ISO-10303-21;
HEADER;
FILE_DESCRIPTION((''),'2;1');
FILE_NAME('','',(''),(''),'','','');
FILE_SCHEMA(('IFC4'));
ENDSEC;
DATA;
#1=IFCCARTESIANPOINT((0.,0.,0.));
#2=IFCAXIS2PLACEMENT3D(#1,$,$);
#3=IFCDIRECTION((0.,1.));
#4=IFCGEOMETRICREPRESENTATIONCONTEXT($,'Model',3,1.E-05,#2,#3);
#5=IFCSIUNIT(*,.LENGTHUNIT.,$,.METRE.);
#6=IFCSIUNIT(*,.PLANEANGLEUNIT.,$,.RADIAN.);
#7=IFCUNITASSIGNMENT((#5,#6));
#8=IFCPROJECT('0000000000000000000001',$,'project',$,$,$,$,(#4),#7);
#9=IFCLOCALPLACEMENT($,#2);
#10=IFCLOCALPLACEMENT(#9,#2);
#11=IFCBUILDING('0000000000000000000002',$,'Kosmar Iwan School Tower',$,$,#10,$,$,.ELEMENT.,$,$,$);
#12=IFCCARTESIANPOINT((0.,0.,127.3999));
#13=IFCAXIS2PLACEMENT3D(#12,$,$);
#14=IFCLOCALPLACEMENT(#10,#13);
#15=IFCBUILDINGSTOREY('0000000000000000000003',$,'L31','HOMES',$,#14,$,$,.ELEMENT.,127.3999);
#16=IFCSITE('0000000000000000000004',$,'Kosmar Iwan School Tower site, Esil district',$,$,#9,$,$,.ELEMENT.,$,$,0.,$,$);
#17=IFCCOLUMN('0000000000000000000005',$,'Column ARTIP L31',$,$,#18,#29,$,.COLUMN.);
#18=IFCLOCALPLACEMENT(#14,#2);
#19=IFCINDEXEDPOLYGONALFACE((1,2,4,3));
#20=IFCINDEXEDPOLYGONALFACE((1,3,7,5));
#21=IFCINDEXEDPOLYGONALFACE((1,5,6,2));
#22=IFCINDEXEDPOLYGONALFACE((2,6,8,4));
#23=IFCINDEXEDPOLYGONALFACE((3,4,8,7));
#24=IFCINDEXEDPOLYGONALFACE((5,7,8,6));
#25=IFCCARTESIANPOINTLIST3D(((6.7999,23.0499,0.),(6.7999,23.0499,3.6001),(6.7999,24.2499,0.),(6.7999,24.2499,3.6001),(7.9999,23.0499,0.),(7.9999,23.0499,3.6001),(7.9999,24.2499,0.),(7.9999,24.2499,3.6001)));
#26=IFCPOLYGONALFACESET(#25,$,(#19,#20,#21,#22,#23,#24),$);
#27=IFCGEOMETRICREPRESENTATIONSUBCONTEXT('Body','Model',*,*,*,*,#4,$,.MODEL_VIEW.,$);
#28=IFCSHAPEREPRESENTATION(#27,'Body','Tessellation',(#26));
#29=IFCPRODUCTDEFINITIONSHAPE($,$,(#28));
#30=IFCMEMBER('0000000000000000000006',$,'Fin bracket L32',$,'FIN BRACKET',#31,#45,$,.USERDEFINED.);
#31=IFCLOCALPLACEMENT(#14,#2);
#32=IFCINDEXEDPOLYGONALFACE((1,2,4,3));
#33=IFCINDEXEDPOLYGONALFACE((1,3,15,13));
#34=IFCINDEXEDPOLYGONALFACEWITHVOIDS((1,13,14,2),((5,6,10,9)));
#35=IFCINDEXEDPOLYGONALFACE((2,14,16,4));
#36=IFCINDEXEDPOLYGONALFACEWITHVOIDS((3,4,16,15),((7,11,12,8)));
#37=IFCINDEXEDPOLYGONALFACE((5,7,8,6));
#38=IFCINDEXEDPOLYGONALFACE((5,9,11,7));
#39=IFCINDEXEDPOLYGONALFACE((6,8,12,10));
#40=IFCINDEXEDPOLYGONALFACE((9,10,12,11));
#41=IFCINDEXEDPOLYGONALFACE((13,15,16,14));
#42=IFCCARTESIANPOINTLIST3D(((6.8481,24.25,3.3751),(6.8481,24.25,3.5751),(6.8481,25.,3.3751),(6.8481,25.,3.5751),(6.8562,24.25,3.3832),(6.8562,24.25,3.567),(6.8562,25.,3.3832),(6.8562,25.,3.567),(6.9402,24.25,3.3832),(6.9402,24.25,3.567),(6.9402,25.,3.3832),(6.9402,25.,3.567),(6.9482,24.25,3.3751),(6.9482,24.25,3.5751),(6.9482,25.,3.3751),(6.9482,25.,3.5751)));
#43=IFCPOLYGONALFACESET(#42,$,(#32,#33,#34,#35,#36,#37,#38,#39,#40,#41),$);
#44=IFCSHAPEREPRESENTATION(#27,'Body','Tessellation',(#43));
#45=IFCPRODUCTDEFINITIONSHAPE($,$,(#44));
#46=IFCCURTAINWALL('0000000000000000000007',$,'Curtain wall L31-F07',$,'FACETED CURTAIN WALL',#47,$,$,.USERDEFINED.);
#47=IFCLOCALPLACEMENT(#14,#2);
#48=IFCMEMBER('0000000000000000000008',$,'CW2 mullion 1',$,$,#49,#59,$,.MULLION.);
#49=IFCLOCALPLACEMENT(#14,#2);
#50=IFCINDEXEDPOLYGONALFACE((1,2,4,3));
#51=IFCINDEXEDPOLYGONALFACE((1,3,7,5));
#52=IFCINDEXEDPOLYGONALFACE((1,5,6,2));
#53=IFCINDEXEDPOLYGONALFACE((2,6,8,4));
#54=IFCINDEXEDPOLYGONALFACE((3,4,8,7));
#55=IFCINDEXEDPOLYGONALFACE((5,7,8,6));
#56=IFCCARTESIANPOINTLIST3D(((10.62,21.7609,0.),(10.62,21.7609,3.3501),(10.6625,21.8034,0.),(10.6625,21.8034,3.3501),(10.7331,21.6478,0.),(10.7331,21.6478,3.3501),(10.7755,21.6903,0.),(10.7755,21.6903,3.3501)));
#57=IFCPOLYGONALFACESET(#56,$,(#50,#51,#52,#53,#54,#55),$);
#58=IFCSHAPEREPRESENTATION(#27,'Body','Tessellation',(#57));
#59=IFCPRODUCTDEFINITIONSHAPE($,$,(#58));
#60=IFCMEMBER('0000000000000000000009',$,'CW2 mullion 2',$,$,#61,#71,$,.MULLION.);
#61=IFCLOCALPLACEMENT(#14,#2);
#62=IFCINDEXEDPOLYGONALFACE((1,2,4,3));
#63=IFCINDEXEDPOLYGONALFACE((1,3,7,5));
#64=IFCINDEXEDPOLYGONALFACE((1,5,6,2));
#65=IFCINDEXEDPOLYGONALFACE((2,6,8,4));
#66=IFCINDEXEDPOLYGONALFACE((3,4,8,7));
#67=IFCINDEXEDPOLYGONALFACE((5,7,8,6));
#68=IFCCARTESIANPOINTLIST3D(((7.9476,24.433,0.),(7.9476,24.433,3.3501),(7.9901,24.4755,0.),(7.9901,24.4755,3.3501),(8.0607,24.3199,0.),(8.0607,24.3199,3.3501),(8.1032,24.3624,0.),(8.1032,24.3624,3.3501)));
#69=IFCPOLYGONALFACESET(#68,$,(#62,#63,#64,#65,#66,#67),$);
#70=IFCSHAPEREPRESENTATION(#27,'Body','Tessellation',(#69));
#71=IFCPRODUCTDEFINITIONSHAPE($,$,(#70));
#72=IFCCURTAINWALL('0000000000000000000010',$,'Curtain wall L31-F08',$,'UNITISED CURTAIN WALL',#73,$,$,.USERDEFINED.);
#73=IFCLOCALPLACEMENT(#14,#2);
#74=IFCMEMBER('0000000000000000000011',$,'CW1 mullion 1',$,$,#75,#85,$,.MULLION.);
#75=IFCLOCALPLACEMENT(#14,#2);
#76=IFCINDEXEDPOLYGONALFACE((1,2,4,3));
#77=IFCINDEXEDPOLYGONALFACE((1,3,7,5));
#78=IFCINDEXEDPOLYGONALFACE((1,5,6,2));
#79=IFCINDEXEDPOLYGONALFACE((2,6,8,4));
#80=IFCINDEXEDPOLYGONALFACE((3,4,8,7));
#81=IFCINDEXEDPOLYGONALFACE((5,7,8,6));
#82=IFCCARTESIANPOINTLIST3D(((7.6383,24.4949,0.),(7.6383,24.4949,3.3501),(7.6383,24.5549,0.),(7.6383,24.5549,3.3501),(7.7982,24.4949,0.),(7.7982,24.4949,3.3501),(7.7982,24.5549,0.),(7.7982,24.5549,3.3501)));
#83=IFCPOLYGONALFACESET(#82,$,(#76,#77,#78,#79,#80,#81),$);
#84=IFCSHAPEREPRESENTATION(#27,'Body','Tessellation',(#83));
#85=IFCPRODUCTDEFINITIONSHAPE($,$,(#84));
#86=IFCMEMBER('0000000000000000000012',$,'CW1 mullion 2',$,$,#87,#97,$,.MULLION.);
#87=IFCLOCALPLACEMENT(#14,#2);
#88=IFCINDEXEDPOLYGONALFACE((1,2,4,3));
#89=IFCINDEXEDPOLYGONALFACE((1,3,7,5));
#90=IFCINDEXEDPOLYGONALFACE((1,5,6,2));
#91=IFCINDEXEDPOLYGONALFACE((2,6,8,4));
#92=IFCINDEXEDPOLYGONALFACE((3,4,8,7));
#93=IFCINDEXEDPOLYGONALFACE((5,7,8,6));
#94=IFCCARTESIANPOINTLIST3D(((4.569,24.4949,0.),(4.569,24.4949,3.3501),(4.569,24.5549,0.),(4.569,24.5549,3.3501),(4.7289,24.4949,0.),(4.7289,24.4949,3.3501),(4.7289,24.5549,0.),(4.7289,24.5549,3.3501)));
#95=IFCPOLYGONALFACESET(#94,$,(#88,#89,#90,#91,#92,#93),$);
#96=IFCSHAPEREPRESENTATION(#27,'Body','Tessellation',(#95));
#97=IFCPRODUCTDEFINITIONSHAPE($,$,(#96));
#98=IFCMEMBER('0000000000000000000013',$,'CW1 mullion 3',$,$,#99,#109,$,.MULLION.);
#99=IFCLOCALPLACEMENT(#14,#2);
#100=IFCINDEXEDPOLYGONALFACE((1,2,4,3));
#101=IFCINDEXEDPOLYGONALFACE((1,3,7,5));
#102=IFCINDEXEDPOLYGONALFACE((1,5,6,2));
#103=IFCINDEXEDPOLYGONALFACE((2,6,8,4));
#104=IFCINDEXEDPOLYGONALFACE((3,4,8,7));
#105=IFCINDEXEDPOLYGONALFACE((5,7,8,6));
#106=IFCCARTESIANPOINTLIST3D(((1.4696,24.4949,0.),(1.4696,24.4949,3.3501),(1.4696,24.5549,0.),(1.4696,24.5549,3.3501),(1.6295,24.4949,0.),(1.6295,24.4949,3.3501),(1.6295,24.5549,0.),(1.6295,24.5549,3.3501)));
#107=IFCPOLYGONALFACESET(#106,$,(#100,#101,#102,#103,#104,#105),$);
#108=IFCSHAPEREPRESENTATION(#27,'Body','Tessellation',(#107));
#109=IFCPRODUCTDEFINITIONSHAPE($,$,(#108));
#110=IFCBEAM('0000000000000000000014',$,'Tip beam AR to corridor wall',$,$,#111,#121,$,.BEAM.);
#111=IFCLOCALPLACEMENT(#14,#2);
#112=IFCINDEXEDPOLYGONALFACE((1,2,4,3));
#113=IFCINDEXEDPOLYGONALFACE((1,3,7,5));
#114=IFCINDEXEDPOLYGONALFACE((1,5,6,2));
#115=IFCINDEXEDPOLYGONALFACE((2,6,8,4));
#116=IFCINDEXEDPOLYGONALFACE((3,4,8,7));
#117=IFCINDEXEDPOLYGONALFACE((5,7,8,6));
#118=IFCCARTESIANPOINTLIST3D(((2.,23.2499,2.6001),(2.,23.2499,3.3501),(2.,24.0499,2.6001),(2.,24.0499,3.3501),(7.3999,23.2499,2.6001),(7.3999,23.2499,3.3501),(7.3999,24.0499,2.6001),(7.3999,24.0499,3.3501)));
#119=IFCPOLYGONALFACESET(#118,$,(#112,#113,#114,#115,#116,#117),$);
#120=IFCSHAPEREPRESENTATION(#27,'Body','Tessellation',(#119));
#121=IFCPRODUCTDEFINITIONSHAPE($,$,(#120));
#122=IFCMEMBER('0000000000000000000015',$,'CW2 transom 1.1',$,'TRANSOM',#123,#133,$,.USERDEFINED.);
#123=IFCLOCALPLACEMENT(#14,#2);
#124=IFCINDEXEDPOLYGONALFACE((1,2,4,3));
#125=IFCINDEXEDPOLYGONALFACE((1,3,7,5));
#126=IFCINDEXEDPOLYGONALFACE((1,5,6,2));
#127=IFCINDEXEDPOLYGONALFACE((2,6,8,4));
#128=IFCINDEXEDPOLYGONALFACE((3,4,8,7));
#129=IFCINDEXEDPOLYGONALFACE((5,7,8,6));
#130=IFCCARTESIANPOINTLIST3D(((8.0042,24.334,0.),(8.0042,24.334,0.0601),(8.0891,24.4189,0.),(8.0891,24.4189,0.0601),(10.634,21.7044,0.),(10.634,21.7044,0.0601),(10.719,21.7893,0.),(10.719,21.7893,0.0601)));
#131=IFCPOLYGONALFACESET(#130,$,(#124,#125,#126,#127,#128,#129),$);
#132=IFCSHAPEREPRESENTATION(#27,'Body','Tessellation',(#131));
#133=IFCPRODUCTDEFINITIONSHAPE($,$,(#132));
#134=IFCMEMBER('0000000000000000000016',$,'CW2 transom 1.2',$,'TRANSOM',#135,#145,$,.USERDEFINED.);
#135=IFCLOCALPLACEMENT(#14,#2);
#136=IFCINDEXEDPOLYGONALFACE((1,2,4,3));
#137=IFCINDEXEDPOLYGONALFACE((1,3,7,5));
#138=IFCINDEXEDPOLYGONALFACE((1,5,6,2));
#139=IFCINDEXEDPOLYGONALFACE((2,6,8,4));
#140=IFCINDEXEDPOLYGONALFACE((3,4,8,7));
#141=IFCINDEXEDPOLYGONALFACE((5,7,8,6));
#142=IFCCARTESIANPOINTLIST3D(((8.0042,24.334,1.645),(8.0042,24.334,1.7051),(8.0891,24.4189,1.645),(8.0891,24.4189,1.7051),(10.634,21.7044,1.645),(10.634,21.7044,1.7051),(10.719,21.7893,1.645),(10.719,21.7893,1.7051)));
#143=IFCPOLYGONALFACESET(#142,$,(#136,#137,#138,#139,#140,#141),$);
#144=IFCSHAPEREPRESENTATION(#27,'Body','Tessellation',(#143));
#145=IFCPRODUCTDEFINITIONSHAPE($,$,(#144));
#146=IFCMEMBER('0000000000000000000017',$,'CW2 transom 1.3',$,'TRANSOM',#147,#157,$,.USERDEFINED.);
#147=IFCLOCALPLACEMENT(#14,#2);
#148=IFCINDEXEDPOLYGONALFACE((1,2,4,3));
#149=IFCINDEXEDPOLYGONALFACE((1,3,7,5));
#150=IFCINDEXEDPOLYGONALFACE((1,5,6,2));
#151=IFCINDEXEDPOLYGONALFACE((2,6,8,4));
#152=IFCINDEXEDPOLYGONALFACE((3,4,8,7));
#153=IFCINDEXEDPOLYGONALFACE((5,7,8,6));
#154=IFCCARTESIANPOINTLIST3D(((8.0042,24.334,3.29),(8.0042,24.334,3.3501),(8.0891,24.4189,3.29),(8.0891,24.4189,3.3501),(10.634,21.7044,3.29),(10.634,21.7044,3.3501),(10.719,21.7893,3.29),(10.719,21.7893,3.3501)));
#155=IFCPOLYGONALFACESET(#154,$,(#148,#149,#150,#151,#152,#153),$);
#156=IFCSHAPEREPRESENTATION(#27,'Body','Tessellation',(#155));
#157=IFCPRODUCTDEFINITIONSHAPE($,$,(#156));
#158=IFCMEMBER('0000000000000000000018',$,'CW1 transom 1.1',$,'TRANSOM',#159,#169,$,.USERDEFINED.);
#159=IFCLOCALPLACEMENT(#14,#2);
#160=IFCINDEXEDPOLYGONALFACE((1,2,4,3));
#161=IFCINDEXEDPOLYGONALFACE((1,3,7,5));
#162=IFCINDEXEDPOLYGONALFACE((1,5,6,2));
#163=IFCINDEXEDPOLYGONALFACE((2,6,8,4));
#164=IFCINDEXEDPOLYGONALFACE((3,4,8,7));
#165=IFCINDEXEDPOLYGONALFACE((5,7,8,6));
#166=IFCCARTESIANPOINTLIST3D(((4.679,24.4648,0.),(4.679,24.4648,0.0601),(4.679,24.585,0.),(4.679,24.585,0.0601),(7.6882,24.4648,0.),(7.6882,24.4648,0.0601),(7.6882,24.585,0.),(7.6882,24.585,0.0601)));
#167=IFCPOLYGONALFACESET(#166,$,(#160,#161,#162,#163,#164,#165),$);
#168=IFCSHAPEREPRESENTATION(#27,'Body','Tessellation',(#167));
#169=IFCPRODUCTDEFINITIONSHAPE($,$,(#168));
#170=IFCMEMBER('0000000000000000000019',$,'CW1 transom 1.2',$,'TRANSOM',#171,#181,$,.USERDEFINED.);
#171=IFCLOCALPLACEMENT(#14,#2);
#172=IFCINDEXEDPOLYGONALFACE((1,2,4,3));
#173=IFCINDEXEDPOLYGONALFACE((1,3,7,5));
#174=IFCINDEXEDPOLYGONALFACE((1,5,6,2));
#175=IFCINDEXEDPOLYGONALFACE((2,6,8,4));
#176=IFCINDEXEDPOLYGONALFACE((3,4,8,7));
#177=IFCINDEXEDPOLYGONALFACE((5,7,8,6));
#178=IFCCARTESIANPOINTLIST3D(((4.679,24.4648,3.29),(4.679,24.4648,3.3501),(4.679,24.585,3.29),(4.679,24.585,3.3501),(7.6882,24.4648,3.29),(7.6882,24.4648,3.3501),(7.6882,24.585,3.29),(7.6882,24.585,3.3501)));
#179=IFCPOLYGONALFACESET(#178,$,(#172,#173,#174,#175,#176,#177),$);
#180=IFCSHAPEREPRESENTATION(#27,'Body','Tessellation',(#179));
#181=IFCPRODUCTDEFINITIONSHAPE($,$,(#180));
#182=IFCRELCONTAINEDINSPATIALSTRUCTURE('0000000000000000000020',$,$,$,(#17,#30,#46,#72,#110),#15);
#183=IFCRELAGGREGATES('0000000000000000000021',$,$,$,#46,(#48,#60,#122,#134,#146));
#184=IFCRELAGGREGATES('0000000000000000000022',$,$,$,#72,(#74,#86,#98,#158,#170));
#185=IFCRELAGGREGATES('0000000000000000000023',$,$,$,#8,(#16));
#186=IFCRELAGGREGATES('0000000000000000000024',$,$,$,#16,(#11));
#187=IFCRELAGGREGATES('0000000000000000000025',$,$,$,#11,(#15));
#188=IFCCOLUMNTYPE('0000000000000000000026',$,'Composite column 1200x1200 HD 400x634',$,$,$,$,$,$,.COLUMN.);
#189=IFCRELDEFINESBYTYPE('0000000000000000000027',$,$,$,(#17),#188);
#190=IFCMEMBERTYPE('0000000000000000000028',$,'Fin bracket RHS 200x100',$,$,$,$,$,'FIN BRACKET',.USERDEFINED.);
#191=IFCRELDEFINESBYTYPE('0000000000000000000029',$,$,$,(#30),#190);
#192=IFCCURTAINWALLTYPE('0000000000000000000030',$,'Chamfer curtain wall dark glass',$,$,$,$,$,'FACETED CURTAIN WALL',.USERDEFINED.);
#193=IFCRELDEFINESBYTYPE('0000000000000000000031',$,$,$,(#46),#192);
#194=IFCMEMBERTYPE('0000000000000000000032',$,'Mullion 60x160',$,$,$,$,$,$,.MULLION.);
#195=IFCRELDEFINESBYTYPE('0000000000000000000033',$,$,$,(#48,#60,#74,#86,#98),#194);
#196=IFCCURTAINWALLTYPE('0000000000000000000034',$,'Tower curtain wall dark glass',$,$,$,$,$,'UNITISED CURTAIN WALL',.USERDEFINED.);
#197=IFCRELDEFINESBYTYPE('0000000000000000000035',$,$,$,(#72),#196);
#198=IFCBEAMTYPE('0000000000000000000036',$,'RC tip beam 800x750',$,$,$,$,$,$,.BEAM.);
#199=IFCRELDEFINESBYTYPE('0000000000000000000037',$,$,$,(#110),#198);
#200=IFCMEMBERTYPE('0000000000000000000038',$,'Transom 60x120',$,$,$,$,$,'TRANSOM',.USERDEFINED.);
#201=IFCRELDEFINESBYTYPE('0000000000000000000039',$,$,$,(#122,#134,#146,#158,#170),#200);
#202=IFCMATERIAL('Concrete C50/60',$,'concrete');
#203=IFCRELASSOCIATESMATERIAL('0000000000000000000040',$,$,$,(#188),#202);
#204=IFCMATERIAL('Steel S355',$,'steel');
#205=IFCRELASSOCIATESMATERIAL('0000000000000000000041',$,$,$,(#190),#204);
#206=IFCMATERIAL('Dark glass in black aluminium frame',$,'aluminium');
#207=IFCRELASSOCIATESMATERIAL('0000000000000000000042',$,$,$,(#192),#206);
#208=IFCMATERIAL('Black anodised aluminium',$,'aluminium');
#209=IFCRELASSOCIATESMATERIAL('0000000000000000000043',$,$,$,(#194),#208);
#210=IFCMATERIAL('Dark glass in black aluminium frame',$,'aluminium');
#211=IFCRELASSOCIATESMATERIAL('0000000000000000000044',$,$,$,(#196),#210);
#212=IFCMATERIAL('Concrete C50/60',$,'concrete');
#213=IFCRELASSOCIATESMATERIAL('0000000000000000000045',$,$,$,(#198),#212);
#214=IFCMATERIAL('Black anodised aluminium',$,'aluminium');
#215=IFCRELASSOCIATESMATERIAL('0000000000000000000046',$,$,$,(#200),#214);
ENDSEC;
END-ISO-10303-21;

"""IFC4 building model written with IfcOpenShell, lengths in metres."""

from ifc_helpers import new_model, si_unit, direction, frame, origin, origin_2d, place, context, subcontext, project, spatial, rectangle, hollow_rectangle, extrude, material, material_profile, profile_set, type_object, element, aggregate, save


model = new_model("IFC4")

# Units and contexts
model_context = context("Model", 3, precision=1e-05, world=origin(), true_north=direction((0.0, 1.0)))
body_context = subcontext(model_context, "Body", "Model", "MODEL_VIEW")
ifc_project = project(units=[si_unit("LENGTHUNIT", "METRE"), si_unit("PLANEANGLEUNIT", "RADIAN")], contexts=[model_context])

# Site, building, storey
site_placement = place(None, origin())
site = spatial("IfcSite", under=ifc_project, at=site_placement, Name="Kosmar Iwan School Tower site, Esil district", CompositionType="ELEMENT", RefElevation=0.0)
building_placement = place(site_placement, origin())
building = spatial("IfcBuilding", under=site, at=building_placement, Name="Kosmar Iwan School Tower", CompositionType="ELEMENT")
storey_placement = place(building_placement, frame((0.0, 0.0, 127.3999)))
storey = spatial("IfcBuildingStorey", under=building, at=storey_placement, Name="L31", Description="HOMES", CompositionType="ELEMENT", Elevation=127.3999)

# Column
ifc_material_1 = material(Name="Concrete C50/60", Category="concrete")
ifc_material_profile_1 = material_profile(ifc_material_1, rectangle(XDim=1.2, YDim=1.2, at=origin_2d()), Name="RC 1200x1200 + HD 400x634")
ifc_profile_set_1 = profile_set([ifc_material_profile_1], Name="Concrete C50/60")
column_type = type_object("IfcColumnType", Name="Composite column 1200x1200 HD 400x634", PredefinedType="COLUMN", material=ifc_profile_set_1)
column_placement = place(storey_placement, frame((7.3999, 23.6499, 0.0), z_axis=(0.0, 0.0, 1.0), x_axis=(0.0, 1.0, 0.0)))
element("IfcColumn", 1, at=column_placement, inside=storey, type_object=column_type, Name="Column ARTIP L31", PredefinedType="COLUMN", context=body_context, shape_type="SweptSolid", body=[
    extrude(rectangle(XDim=1.2, YDim=1.2, at=origin_2d()), origin(), (0.0, 0.0, 1.0), 3.6001),
])

# Member
ifc_material_2 = material(Name="Steel S355", Category="steel")
ifc_material_profile_2 = material_profile(ifc_material_2, hollow_rectangle(XDim=0.1001, YDim=0.2, WallThickness=0.0081, at=origin_2d()), Name="RHS 200x100x8")
ifc_profile_set_2 = profile_set([ifc_material_profile_2], Name="Steel S355")
member_type_1 = type_object("IfcMemberType", Name="Fin bracket RHS 200x100", ElementType="FIN BRACKET", PredefinedType="USERDEFINED", material=ifc_profile_set_2)
member_1_placement = place(storey_placement, frame((6.8982, 24.25, 3.4751), z_axis=(0.0, 1.0, 0.0), x_axis=(-1.0, 0.0, 0.0)))
element("IfcMember", 2, at=member_1_placement, inside=storey, type_object=member_type_1, Name="Fin bracket L32", ObjectType="FIN BRACKET", PredefinedType="USERDEFINED", context=body_context, shape_type="SweptSolid", body=[
    extrude(hollow_rectangle(XDim=0.1001, YDim=0.2, WallThickness=0.0081, at=origin_2d()), origin(), (0.0, 0.0, 1.0), 0.75),
])

# Curtain walls, members
ifc_material_3 = material(Name="Dark glass in black aluminium frame", Category="aluminium")
curtain_wall_type_1 = type_object("IfcCurtainWallType", Name="Chamfer curtain wall dark glass", ElementType="FACETED CURTAIN WALL", PredefinedType="USERDEFINED", material=ifc_material_3)
curtain_wall_1_placement = place(storey_placement, origin())
curtain_wall_1 = element("IfcCurtainWall", 3, at=curtain_wall_1_placement, inside=storey, type_object=curtain_wall_type_1, Name="Curtain wall L31-F07", ObjectType="FACETED CURTAIN WALL", PredefinedType="USERDEFINED")
ifc_material_4 = material(Name="Black anodised aluminium", Category="aluminium")
ifc_material_profile_3 = material_profile(ifc_material_4, rectangle(XDim=0.0601, YDim=0.1599, at=origin_2d()), Name="MULLION 60x160")
ifc_profile_set_3 = profile_set([ifc_material_profile_3], Name="Black anodised aluminium")
member_type_2 = type_object("IfcMemberType", Name="Mullion 60x160", PredefinedType="MULLION", material=ifc_profile_set_3)
member_2_placement = place(storey_placement, frame((10.6978, 21.7256, 0.0), z_axis=(0.0, 0.0, 1.0), x_axis=(-0.707107, -0.707107, 0.0)))
member_2 = element("IfcMember", 4, at=member_2_placement, type_object=member_type_2, Name="CW2 mullion 1", PredefinedType="MULLION", context=body_context, shape_type="SweptSolid", body=[
    extrude(rectangle(XDim=0.0601, YDim=0.1599, at=origin_2d()), origin(), (0.0, 0.0, 1.0), 3.3501),
])
member_3_placement = place(storey_placement, frame((8.0254, 24.3977, 0.0), z_axis=(0.0, 0.0, 1.0), x_axis=(-0.707107, -0.707107, 0.0)))
member_3 = element("IfcMember", 5, at=member_3_placement, type_object=member_type_2, Name="CW2 mullion 2", PredefinedType="MULLION", context=body_context, shape_type="SweptSolid", body=[
    extrude(rectangle(XDim=0.0601, YDim=0.1599, at=origin_2d()), origin(), (0.0, 0.0, 1.0), 3.3501),
])
ifc_material_5 = material(Name="Dark glass in black aluminium frame", Category="aluminium")
curtain_wall_type_2 = type_object("IfcCurtainWallType", Name="Tower curtain wall dark glass", ElementType="UNITISED CURTAIN WALL", PredefinedType="USERDEFINED", material=ifc_material_5)
curtain_wall_2_placement = place(storey_placement, origin())
curtain_wall_2 = element("IfcCurtainWall", 6, at=curtain_wall_2_placement, inside=storey, type_object=curtain_wall_type_2, Name="Curtain wall L31-F08", ObjectType="UNITISED CURTAIN WALL", PredefinedType="USERDEFINED")
member_4_placement = place(storey_placement, frame((7.7183, 24.5249, 0.0), z_axis=(0.0, 0.0, 1.0), x_axis=(0.0, -1.0, 0.0)))
member_4 = element("IfcMember", 7, at=member_4_placement, type_object=member_type_2, Name="CW1 mullion 1", PredefinedType="MULLION", context=body_context, shape_type="SweptSolid", body=[
    extrude(rectangle(XDim=0.0601, YDim=0.1599, at=origin_2d()), origin(), (0.0, 0.0, 1.0), 3.3501),
])
member_5_placement = place(storey_placement, frame((4.6489, 24.5249, 0.0), z_axis=(0.0, 0.0, 1.0), x_axis=(0.0, -1.0, 0.0)))
member_5 = element("IfcMember", 8, at=member_5_placement, type_object=member_type_2, Name="CW1 mullion 2", PredefinedType="MULLION", context=body_context, shape_type="SweptSolid", body=[
    extrude(rectangle(XDim=0.0601, YDim=0.1599, at=origin_2d()), origin(), (0.0, 0.0, 1.0), 3.3501),
])
member_6_placement = place(storey_placement, frame((1.5496, 24.5249, 0.0), z_axis=(0.0, 0.0, 1.0), x_axis=(0.0, -1.0, 0.0)))
member_6 = element("IfcMember", 9, at=member_6_placement, type_object=member_type_2, Name="CW1 mullion 3", PredefinedType="MULLION", context=body_context, shape_type="SweptSolid", body=[
    extrude(rectangle(XDim=0.0601, YDim=0.1599, at=origin_2d()), origin(), (0.0, 0.0, 1.0), 3.3501),
])

# Beam
ifc_material_6 = material(Name="Concrete C50/60", Category="concrete")
ifc_material_profile_4 = material_profile(ifc_material_6, rectangle(XDim=0.8, YDim=0.75, at=origin_2d()), Name="RC 800x750")
ifc_profile_set_4 = profile_set([ifc_material_profile_4], Name="Concrete C50/60")
beam_type = type_object("IfcBeamType", Name="RC tip beam 800x750", PredefinedType="BEAM", material=ifc_profile_set_4)
beam_placement = place(storey_placement, frame((7.3999, 23.6499, 2.9751), z_axis=(-1.0, 0.0, 0.0), x_axis=(0.0, -1.0, 0.0)))
element("IfcBeam", 10, at=beam_placement, inside=storey, type_object=beam_type, Name="Tip beam AR to corridor wall", PredefinedType="BEAM", context=body_context, shape_type="SweptSolid", body=[
    extrude(rectangle(XDim=0.8, YDim=0.75, at=origin_2d()), origin(), (0.0, 0.0, 1.0), 5.3999),
])

# Members
ifc_material_7 = material(Name="Black anodised aluminium", Category="aluminium")
ifc_material_profile_5 = material_profile(ifc_material_7, rectangle(XDim=0.1201, YDim=0.0601, at=origin_2d()), Name="TRANSOM 60x120")
ifc_profile_set_5 = profile_set([ifc_material_profile_5], Name="Black anodised aluminium")
member_type_3 = type_object("IfcMemberType", Name="Transom 60x120", ElementType="TRANSOM", PredefinedType="USERDEFINED", material=ifc_profile_set_5)
member_7_placement = place(storey_placement, frame((10.6765, 21.7468, 0.03), z_axis=(-0.70714, 0.707074, 0.0), x_axis=(-0.707074, -0.70714, 0.0)))
member_7 = element("IfcMember", 11, at=member_7_placement, type_object=member_type_3, Name="CW2 transom 1.1", ObjectType="TRANSOM", PredefinedType="USERDEFINED", context=body_context, shape_type="SweptSolid", body=[
    extrude(rectangle(XDim=0.1201, YDim=0.0601, at=origin_2d()), origin(), (0.0, 0.0, 1.0), 3.719),
])
member_8_placement = place(storey_placement, frame((10.6765, 21.7468, 1.675), z_axis=(-0.70714, 0.707074, 0.0), x_axis=(-0.707074, -0.70714, 0.0)))
member_8 = element("IfcMember", 12, at=member_8_placement, type_object=member_type_3, Name="CW2 transom 1.2", ObjectType="TRANSOM", PredefinedType="USERDEFINED", context=body_context, shape_type="SweptSolid", body=[
    extrude(rectangle(XDim=0.1201, YDim=0.0601, at=origin_2d()), origin(), (0.0, 0.0, 1.0), 3.719),
])
member_9_placement = place(storey_placement, frame((10.6765, 21.7468, 3.3201), z_axis=(-0.70714, 0.707074, 0.0), x_axis=(-0.707074, -0.70714, 0.0)))
member_9 = element("IfcMember", 13, at=member_9_placement, type_object=member_type_3, Name="CW2 transom 1.3", ObjectType="TRANSOM", PredefinedType="USERDEFINED", context=body_context, shape_type="SweptSolid", body=[
    extrude(rectangle(XDim=0.1201, YDim=0.0601, at=origin_2d()), origin(), (0.0, 0.0, 1.0), 3.719),
])
member_10_placement = place(storey_placement, frame((7.6882, 24.5249, 0.03), z_axis=(-1.0, 0.0, 0.0), x_axis=(0.0, -1.0, 0.0)))
member_10 = element("IfcMember", 14, at=member_10_placement, type_object=member_type_3, Name="CW1 transom 1.1", ObjectType="TRANSOM", PredefinedType="USERDEFINED", context=body_context, shape_type="SweptSolid", body=[
    extrude(rectangle(XDim=0.1201, YDim=0.0601, at=origin_2d()), origin(), (0.0, 0.0, 1.0), 3.0093),
])
member_11_placement = place(storey_placement, frame((7.6882, 24.5249, 3.3201), z_axis=(-1.0, 0.0, 0.0), x_axis=(0.0, -1.0, 0.0)))
member_11 = element("IfcMember", 15, at=member_11_placement, type_object=member_type_3, Name="CW1 transom 1.2", ObjectType="TRANSOM", PredefinedType="USERDEFINED", context=body_context, shape_type="SweptSolid", body=[
    extrude(rectangle(XDim=0.1201, YDim=0.0601, at=origin_2d()), origin(), (0.0, 0.0, 1.0), 3.0093),
])

aggregate(curtain_wall_1, [member_2, member_3, member_7, member_8, member_9])
aggregate(curtain_wall_2, [member_4, member_5, member_6, member_10, member_11])

save(model, "model.ifc")
